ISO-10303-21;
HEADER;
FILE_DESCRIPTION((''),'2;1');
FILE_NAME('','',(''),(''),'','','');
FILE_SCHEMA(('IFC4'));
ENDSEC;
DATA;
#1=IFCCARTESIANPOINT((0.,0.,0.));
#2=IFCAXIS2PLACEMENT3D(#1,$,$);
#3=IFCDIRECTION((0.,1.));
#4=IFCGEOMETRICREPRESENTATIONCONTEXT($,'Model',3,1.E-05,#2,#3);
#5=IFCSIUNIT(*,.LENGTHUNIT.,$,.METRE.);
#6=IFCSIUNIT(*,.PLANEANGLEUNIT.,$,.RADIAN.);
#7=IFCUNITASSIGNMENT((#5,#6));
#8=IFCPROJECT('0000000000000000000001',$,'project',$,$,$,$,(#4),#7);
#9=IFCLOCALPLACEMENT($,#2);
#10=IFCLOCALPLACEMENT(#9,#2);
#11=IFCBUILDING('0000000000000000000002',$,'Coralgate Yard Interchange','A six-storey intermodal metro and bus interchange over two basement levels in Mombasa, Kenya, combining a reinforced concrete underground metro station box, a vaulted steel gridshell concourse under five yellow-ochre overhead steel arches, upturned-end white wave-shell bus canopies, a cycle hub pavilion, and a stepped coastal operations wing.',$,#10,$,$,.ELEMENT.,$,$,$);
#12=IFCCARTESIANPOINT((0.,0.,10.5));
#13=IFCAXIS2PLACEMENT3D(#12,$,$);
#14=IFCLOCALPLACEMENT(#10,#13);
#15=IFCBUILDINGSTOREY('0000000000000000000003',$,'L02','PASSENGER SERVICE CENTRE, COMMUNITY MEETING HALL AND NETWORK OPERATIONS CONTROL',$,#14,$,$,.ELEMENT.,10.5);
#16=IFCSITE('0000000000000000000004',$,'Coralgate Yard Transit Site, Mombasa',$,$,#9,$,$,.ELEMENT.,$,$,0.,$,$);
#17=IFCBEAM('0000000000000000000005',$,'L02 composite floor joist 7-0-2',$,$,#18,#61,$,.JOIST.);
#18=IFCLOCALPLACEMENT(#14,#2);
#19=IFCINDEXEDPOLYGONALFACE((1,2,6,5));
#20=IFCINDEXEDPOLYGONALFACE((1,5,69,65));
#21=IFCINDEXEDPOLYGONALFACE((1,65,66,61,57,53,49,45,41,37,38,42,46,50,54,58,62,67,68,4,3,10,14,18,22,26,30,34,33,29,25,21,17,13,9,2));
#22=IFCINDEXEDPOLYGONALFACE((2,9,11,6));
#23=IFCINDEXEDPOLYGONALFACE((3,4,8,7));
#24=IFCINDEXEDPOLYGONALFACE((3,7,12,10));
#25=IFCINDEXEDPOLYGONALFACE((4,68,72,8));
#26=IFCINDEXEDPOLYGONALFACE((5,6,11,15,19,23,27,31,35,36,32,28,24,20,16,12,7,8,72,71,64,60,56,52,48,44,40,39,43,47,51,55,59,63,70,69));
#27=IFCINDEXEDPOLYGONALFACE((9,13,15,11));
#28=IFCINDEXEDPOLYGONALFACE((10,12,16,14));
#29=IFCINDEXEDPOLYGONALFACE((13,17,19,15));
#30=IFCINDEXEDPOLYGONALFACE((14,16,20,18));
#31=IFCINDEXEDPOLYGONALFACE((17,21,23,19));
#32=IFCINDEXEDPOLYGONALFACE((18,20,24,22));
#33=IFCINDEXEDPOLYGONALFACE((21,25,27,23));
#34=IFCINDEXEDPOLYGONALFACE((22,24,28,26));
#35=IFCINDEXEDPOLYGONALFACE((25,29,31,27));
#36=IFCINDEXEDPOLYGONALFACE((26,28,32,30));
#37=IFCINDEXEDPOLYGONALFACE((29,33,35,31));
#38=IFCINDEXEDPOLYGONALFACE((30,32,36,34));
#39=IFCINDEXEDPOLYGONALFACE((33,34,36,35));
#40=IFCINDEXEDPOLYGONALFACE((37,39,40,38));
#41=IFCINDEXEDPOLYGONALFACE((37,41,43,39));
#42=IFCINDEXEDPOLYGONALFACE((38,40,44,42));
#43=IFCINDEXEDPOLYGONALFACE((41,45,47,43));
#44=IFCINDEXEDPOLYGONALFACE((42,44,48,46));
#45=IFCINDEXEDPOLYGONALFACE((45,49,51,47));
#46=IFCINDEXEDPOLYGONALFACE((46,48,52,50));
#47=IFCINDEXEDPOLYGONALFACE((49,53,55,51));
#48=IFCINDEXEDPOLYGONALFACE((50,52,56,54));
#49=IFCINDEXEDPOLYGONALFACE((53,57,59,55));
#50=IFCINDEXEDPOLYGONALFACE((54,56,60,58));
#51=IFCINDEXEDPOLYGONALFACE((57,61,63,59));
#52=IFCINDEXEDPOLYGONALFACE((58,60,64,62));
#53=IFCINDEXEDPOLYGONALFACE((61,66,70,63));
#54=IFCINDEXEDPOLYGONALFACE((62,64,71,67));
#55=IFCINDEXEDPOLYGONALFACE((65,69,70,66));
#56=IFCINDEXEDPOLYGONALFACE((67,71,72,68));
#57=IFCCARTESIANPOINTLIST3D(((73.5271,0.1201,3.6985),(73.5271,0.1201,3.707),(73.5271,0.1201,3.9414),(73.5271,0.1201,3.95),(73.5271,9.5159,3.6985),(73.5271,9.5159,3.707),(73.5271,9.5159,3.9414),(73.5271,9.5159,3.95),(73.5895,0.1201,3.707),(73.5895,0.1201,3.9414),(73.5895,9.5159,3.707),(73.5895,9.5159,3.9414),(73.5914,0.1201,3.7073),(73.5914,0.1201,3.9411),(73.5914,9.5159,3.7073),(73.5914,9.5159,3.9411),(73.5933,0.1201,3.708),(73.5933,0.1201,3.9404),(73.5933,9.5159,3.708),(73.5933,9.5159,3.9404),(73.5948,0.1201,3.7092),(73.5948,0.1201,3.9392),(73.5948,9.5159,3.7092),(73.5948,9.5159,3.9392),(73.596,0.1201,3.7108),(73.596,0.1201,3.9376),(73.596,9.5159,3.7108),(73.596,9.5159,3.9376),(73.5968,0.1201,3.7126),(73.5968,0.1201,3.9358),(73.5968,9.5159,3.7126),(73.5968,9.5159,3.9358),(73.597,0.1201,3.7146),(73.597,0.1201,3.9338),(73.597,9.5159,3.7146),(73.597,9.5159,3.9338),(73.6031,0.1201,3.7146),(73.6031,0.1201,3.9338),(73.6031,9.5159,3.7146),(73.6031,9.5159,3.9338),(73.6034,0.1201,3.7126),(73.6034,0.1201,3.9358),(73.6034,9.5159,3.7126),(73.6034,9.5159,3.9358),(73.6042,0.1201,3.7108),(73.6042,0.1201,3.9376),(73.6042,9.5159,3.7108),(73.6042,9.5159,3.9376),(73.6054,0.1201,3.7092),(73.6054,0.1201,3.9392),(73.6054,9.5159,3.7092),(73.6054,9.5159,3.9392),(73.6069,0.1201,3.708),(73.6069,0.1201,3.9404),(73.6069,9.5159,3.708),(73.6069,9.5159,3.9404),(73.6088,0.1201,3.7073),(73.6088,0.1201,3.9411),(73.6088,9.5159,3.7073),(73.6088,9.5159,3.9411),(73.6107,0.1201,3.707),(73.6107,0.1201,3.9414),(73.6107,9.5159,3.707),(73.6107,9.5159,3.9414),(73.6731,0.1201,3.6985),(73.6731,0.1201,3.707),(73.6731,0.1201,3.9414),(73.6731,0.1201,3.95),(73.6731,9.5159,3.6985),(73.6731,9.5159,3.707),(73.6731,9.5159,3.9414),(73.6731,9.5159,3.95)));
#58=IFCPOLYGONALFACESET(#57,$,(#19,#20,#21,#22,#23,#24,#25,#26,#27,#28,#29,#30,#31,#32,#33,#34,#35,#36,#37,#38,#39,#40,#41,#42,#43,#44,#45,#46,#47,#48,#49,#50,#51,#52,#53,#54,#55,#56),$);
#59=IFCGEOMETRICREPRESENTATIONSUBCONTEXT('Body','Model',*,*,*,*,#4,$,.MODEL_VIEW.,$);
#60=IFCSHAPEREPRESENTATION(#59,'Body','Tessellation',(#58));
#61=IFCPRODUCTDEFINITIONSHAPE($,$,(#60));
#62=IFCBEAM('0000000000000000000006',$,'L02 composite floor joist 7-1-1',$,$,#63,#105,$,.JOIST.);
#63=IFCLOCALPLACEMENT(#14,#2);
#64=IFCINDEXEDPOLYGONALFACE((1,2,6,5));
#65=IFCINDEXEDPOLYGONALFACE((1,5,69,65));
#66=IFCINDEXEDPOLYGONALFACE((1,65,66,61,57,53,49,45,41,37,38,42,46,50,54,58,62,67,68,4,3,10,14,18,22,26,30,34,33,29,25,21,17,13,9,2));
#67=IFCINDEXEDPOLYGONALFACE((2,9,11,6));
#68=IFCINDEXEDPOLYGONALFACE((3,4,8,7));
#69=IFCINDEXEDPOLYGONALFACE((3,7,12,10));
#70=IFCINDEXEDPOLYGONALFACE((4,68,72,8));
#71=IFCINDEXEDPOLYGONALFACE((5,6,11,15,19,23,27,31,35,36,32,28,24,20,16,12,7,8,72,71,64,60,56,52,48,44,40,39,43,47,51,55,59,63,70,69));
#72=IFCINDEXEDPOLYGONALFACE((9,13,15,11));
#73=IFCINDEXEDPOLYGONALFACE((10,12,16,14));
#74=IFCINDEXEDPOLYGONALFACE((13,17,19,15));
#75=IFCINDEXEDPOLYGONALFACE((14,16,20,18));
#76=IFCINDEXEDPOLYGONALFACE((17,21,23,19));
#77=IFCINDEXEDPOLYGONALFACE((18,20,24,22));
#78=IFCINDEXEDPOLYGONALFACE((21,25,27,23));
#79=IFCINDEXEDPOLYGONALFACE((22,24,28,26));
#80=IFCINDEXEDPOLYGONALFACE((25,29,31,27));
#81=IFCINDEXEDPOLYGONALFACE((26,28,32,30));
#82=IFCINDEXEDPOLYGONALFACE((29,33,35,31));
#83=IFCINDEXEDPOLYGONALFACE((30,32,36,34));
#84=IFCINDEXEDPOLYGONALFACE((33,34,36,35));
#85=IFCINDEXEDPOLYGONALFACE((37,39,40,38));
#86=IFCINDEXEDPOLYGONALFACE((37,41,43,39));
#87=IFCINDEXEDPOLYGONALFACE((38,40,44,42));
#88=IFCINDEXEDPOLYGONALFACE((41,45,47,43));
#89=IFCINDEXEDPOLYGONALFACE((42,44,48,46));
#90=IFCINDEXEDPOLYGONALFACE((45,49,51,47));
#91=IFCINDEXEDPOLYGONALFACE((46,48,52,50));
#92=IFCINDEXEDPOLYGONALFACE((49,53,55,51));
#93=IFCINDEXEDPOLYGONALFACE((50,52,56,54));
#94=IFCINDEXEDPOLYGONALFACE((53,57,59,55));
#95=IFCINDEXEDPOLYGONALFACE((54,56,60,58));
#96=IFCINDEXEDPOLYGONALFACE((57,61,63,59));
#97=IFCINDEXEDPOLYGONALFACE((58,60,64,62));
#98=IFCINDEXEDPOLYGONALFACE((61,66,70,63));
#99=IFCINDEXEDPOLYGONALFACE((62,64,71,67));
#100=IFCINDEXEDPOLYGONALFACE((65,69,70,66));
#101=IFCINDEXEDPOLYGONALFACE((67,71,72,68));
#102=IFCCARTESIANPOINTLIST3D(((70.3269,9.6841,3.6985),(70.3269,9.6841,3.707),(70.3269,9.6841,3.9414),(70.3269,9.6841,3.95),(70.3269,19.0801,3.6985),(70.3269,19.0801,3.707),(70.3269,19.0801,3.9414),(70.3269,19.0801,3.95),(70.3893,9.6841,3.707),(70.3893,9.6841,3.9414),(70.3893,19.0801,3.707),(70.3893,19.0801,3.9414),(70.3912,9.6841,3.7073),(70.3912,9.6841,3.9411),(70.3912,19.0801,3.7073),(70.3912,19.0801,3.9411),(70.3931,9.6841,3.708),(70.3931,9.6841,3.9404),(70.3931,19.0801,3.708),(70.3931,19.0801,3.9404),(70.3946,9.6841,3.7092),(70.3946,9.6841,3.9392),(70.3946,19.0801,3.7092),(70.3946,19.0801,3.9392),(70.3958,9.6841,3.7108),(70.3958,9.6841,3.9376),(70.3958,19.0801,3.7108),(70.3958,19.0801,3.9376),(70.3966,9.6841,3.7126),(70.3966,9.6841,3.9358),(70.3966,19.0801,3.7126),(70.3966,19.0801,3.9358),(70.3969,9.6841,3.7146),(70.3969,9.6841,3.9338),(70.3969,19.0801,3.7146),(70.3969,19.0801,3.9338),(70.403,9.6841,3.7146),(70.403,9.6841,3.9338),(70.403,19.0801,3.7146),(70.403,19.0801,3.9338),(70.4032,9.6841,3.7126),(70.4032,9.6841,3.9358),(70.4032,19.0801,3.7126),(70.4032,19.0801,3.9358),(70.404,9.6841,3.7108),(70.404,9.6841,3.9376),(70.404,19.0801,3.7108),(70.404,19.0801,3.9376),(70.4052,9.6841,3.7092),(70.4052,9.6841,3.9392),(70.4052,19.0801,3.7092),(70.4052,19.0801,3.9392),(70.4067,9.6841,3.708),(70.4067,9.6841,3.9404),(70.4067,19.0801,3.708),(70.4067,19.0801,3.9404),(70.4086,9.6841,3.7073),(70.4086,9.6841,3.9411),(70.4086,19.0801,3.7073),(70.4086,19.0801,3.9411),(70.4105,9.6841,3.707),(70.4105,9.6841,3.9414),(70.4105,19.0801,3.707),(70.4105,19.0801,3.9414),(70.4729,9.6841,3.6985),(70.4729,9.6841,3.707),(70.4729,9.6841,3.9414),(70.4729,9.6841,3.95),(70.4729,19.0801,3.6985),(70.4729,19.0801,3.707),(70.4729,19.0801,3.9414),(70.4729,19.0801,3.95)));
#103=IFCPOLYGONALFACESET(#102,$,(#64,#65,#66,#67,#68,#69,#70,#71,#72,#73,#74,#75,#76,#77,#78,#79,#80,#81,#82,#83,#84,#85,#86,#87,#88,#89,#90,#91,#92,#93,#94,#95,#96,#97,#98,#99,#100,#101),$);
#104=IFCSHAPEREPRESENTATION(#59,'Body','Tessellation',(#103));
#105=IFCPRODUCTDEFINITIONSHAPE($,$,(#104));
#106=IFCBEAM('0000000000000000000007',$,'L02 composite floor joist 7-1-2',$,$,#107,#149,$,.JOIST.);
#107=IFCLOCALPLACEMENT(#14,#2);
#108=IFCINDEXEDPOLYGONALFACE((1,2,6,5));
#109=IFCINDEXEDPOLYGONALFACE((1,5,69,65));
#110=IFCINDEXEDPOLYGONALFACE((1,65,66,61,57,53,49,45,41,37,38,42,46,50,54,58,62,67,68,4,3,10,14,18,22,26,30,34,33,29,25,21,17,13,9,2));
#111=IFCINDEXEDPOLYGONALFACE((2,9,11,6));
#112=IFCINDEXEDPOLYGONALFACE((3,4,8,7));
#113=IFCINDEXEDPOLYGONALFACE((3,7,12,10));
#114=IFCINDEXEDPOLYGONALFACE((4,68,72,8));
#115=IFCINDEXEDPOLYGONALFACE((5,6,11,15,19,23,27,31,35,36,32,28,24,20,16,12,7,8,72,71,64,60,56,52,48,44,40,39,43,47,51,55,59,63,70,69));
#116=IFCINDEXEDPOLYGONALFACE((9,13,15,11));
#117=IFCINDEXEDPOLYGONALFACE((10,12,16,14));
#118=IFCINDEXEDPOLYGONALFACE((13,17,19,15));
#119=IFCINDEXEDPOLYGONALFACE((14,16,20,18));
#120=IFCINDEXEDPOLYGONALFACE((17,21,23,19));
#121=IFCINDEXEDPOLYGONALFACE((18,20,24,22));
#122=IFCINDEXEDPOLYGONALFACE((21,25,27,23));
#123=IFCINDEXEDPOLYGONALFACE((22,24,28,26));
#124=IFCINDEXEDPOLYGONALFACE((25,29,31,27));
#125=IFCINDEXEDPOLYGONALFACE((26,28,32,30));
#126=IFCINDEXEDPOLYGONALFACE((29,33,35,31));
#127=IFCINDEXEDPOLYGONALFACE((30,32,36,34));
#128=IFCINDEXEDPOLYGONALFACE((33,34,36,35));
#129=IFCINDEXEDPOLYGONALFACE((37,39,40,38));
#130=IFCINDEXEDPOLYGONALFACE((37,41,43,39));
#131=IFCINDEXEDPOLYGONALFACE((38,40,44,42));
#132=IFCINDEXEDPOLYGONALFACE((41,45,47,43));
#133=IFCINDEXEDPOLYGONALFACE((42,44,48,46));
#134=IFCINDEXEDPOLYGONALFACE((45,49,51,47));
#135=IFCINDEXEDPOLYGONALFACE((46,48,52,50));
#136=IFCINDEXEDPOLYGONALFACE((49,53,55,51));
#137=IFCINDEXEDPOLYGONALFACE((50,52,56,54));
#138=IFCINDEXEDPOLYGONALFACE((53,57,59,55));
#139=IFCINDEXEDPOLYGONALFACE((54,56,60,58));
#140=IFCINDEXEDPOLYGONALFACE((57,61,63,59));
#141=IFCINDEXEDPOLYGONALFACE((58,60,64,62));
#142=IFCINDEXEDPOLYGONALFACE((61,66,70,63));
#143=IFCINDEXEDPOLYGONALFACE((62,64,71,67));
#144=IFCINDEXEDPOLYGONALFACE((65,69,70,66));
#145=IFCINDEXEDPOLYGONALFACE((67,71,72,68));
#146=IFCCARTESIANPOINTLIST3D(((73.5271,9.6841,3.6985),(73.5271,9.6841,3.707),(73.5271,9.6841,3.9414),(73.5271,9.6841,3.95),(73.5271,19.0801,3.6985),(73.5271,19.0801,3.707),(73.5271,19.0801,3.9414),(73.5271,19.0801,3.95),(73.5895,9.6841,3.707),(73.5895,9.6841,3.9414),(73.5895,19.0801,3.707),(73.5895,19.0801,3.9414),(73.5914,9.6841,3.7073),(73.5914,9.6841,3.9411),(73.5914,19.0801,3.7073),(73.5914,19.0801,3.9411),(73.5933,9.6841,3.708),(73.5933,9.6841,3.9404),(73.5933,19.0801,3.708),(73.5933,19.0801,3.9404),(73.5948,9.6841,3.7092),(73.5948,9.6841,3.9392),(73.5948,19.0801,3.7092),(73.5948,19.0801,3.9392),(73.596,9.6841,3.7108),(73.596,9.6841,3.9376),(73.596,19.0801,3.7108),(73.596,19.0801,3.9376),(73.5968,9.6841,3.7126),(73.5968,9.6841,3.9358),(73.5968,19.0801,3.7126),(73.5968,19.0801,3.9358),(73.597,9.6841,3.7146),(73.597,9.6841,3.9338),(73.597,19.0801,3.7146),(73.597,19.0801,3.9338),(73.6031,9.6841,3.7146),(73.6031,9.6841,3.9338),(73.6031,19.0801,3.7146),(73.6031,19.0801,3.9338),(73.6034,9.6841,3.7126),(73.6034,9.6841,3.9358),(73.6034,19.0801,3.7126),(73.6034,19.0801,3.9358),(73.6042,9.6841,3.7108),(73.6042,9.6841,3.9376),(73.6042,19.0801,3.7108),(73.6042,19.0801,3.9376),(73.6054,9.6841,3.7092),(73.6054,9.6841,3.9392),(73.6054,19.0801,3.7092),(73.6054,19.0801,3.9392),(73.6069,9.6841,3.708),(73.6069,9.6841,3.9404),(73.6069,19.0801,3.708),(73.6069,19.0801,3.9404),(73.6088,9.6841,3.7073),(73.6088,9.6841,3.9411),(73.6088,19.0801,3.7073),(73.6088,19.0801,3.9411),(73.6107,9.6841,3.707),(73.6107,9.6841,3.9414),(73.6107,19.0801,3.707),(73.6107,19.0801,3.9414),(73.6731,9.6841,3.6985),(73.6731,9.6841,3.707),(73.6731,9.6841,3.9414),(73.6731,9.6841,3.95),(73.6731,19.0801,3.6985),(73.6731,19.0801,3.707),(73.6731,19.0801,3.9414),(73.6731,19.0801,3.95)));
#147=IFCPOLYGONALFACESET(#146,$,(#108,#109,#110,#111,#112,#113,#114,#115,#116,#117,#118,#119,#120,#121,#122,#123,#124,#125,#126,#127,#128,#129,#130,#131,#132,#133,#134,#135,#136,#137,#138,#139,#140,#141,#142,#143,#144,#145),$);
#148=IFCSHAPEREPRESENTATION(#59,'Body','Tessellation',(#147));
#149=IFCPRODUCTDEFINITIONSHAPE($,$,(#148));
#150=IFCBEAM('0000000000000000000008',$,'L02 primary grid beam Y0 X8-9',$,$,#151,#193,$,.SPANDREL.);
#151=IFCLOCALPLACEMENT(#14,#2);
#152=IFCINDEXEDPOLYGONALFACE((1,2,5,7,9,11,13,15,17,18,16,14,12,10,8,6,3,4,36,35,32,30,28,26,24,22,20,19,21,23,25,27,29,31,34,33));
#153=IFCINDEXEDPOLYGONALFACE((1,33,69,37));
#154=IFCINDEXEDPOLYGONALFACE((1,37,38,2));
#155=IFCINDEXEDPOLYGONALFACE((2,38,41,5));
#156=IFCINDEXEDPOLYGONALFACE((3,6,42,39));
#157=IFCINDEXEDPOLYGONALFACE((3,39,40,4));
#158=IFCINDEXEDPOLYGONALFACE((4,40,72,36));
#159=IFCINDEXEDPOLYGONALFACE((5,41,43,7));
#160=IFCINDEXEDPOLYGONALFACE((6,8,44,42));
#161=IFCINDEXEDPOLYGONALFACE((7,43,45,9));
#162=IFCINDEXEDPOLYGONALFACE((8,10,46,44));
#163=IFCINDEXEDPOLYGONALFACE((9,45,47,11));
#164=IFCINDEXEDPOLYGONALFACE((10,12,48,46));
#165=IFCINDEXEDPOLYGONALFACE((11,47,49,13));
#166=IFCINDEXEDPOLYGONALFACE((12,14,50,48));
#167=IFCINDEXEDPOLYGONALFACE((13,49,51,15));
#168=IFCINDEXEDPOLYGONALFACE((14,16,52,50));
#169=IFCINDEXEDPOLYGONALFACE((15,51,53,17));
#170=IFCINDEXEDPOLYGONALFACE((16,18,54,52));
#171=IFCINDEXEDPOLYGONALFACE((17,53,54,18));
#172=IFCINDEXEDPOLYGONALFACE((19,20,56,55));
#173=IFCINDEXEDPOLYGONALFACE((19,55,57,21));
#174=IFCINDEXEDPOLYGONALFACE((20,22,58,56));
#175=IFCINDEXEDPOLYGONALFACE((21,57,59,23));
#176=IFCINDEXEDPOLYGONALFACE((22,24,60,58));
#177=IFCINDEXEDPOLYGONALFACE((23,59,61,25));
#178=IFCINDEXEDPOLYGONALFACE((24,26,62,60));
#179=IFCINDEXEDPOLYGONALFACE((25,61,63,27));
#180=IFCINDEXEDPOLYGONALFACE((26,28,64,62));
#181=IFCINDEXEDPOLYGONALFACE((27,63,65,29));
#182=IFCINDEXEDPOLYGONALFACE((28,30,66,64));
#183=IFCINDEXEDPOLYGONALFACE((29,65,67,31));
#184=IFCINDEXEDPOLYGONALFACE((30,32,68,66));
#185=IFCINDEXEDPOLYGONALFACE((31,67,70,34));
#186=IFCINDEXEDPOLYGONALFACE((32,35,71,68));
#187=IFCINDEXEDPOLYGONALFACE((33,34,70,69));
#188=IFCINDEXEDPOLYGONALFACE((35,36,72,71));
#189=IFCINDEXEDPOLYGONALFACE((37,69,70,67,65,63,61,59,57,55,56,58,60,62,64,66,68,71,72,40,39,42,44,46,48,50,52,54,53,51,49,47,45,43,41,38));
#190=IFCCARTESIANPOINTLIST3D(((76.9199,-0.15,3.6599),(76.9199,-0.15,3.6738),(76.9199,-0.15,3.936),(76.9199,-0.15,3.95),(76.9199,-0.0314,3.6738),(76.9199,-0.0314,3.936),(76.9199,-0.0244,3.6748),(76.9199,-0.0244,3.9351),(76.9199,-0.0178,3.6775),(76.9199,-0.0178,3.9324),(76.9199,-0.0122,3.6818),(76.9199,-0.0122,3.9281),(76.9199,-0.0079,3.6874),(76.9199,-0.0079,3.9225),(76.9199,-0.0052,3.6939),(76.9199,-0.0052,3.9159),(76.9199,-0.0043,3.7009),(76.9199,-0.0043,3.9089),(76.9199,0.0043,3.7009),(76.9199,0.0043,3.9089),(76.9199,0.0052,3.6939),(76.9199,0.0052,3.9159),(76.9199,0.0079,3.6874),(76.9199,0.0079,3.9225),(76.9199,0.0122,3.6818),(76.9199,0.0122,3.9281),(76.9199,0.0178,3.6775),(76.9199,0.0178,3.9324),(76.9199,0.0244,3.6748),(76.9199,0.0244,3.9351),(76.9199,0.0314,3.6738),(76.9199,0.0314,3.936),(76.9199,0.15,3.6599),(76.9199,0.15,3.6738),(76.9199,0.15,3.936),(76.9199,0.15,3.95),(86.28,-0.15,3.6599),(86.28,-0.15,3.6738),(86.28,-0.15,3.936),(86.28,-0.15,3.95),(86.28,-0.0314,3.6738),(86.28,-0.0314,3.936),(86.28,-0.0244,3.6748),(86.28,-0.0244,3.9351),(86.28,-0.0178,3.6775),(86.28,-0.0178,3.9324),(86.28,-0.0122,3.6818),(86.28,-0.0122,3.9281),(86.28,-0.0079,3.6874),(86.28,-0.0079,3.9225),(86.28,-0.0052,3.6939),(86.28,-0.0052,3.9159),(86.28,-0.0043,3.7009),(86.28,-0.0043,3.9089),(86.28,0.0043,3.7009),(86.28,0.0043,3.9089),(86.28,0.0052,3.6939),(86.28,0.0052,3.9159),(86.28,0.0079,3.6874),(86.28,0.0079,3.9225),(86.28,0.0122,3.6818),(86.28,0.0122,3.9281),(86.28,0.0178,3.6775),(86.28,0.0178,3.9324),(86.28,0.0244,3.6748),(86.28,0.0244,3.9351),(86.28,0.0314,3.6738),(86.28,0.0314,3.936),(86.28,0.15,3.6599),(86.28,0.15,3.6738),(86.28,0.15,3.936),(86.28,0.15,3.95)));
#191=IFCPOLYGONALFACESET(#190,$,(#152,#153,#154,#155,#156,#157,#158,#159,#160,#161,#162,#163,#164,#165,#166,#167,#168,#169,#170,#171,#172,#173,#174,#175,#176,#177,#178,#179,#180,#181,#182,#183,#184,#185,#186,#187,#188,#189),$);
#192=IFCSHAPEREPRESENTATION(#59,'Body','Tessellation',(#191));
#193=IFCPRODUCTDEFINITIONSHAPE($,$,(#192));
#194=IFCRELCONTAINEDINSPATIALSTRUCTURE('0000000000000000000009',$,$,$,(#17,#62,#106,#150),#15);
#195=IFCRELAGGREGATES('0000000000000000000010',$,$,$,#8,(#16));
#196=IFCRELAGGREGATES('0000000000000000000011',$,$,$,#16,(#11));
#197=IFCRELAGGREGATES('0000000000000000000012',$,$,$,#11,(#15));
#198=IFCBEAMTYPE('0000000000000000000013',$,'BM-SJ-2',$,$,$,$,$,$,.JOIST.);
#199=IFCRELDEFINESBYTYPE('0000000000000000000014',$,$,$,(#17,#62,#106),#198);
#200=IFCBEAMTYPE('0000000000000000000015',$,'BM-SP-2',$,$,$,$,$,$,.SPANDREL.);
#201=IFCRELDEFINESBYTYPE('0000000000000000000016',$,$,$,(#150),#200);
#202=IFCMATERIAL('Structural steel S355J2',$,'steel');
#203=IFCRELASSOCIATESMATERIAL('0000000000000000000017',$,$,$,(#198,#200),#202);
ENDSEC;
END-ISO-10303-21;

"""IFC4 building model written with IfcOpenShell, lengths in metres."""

from ifc_helpers import new_model, si_unit, direction, frame, origin, origin_2d, place, context, subcontext, project, spatial, i_section, extrude, material, material_profile, profile_set, type_object, element, save


model = new_model("IFC4")

# Units and contexts
model_context = context("Model", 3, precision=1e-05, world=origin(), true_north=direction((0.0, 1.0)))
body_context = subcontext(model_context, "Body", "Model", "MODEL_VIEW")
ifc_project = project(units=[si_unit("LENGTHUNIT", "METRE"), si_unit("PLANEANGLEUNIT", "RADIAN")], contexts=[model_context])

# Site, building, storey
site_placement = place(None, origin())
site = spatial("IfcSite", under=ifc_project, at=site_placement, Name="Coralgate Yard Transit Site, Mombasa", CompositionType="ELEMENT", RefElevation=0.0)
building_placement = place(site_placement, origin())
building = spatial("IfcBuilding", under=site, at=building_placement, Name="Coralgate Yard Interchange", Description="A six-storey intermodal metro and bus interchange over two basement levels in Mombasa, Kenya, combining a reinforced concrete underground metro station box, a vaulted steel gridshell concourse under five yellow-ochre overhead steel arches, upturned-end white wave-shell bus canopies, a cycle hub pavilion, and a stepped coastal operations wing.", CompositionType="ELEMENT")
storey_placement = place(building_placement, frame((0.0, 0.0, 10.5)))
storey = spatial("IfcBuildingStorey", under=building, at=storey_placement, Name="L02", Description="PASSENGER SERVICE CENTRE, COMMUNITY MEETING HALL AND NETWORK OPERATIONS CONTROL", CompositionType="ELEMENT", Elevation=10.5)

# Shared definitions
ifc_material_1 = material(Name="Structural steel S355J2", Category="steel")

# Beams
ifc_material_profile_1 = material_profile(ifc_material_1, i_section(OverallWidth=0.146, OverallDepth=0.2515, WebThickness=0.0061, FlangeThickness=0.0085, FilletRadius=0.0076, at=origin_2d()), Name="UB 254x146x31")
ifc_profile_set_1 = profile_set([ifc_material_profile_1], Name="Structural steel S355J2")
beam_type_1 = type_object("IfcBeamType", Name="BM-SJ-2", PredefinedType="JOIST", material=ifc_profile_set_1)
for number, where, z_axis, x_axis, name in (
    (1, (73.6001, 0.1201, 3.8242), (0.0, 1.0, 0.0), (-1.0, 0.0, 0.0), "L02 composite floor joist 7-0-2"),
):
    element("IfcBeam", number, at=place(storey_placement, frame(where, z_axis=z_axis, x_axis=x_axis)), inside=storey, type_object=beam_type_1, Name=name, PredefinedType="JOIST", context=body_context, shape_type="SweptSolid", body=[
        extrude(i_section(OverallWidth=0.146, OverallDepth=0.2515, WebThickness=0.0061, FlangeThickness=0.0085, FilletRadius=0.0076, at=origin_2d()), origin(), (0.0, 0.0, 1.0), 9.3958),
    ])
for number, where, z_axis, x_axis, name in (
    (2, (70.3999, 9.6841, 3.8242), (0.0, 1.0, 0.0), (-1.0, 0.0, 0.0), "L02 composite floor joist 7-1-1"),
    (3, (73.6001, 9.6841, 3.8242), (0.0, 1.0, 0.0), (-1.0, 0.0, 0.0), "L02 composite floor joist 7-1-2"),
):
    element("IfcBeam", number, at=place(storey_placement, frame(where, z_axis=z_axis, x_axis=x_axis)), inside=storey, type_object=beam_type_1, Name=name, PredefinedType="JOIST", context=body_context, shape_type="SweptSolid", body=[
        extrude(i_section(OverallWidth=0.146, OverallDepth=0.2515, WebThickness=0.0061, FlangeThickness=0.0085, FilletRadius=0.0076, at=origin_2d()), origin(), (0.0, 0.0, 1.0), 9.396),
    ])
ifc_material_profile_2 = material_profile(ifc_material_1, i_section(OverallWidth=0.3, OverallDepth=0.29, WebThickness=0.0085, FlangeThickness=0.0139, FilletRadius=0.0271, at=origin_2d()), Name="HEA 300")
ifc_profile_set_2 = profile_set([ifc_material_profile_2], Name="Structural steel S355J2")
beam_type_2 = type_object("IfcBeamType", Name="BM-SP-2", PredefinedType="SPANDREL", material=ifc_profile_set_2)
beam_1_placement = place(storey_placement, frame((76.9199, 0.0, 3.8049), z_axis=(1.0, 0.0, 0.0), x_axis=(0.0, 1.0, 0.0)))
element("IfcBeam", 4, at=beam_1_placement, inside=storey, type_object=beam_type_2, Name="L02 primary grid beam Y0 X8-9", PredefinedType="SPANDREL", context=body_context, shape_type="SweptSolid", body=[
    extrude(i_section(OverallWidth=0.3, OverallDepth=0.29, WebThickness=0.0085, FlangeThickness=0.0139, FilletRadius=0.0271, at=origin_2d()), origin(), (0.0, 0.0, 1.0), 9.3601),
])

save(model, "model.ifc")
